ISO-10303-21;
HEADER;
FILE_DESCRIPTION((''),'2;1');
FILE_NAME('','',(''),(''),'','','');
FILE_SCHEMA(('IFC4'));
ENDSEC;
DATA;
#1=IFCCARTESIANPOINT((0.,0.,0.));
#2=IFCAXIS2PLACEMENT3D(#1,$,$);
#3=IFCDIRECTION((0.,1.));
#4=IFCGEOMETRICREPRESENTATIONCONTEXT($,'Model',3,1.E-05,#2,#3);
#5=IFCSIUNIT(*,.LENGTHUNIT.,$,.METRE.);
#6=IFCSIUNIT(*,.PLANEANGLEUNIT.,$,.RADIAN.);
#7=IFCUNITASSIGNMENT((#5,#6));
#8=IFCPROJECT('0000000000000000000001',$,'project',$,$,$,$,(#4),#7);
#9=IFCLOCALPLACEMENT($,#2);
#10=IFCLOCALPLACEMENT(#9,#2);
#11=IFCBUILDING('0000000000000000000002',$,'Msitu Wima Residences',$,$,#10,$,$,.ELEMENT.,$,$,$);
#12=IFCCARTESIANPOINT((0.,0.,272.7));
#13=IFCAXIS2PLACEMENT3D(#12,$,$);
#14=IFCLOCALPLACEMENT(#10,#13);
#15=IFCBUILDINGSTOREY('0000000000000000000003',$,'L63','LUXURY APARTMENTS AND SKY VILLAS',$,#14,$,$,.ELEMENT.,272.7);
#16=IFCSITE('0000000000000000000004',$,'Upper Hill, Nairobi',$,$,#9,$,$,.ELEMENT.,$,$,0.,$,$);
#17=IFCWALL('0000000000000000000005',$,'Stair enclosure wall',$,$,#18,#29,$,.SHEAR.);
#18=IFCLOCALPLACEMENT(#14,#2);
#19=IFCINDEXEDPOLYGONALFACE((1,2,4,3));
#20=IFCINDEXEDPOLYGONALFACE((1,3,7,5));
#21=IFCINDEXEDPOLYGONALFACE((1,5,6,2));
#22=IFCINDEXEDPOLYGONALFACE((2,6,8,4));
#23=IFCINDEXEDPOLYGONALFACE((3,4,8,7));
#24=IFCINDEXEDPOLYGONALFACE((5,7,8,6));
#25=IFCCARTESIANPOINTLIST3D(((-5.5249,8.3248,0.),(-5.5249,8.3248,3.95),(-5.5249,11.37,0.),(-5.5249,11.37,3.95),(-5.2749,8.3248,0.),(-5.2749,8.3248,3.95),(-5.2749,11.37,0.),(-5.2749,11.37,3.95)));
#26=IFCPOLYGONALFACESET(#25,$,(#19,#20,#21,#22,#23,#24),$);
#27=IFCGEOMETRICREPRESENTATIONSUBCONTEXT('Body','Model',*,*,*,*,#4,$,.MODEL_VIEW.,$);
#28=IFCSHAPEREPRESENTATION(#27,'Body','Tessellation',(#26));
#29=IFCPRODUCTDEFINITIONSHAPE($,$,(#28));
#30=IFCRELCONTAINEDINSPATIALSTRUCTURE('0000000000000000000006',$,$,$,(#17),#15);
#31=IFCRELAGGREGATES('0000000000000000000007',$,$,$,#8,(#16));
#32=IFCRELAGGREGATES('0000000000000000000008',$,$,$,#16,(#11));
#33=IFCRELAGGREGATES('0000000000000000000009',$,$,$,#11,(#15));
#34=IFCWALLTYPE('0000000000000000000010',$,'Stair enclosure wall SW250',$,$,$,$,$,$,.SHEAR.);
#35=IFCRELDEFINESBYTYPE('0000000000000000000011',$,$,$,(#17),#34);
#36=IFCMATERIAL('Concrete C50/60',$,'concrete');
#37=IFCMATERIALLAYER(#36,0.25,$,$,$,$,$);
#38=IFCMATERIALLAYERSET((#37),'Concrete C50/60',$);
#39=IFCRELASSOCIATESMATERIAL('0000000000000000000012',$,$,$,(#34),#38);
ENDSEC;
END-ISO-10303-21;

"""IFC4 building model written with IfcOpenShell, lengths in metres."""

from ifc_helpers import new_model, si_unit, direction, frame, frame_2d, origin, place, context, subcontext, project, spatial, rectangle, extrude, material, layer, layer_set, type_object, element, save


model = new_model("IFC4")

# Units and contexts
model_context = context("Model", 3, precision=1e-05, world=origin(), true_north=direction((0.0, 1.0)))
body_context = subcontext(model_context, "Body", "Model", "MODEL_VIEW")
ifc_project = project(units=[si_unit("LENGTHUNIT", "METRE"), si_unit("PLANEANGLEUNIT", "RADIAN")], contexts=[model_context])

# Site, building, storey
site_placement = place(None, origin())
site = spatial("IfcSite", under=ifc_project, at=site_placement, Name="Upper Hill, Nairobi", CompositionType="ELEMENT", RefElevation=0.0)
building_placement = place(site_placement, origin())
building = spatial("IfcBuilding", under=site, at=building_placement, Name="Msitu Wima Residences", CompositionType="ELEMENT")
storey_placement = place(building_placement, frame((0.0, 0.0, 272.7)))
storey = spatial("IfcBuildingStorey", under=building, at=storey_placement, Name="L63", Description="LUXURY APARTMENTS AND SKY VILLAS", CompositionType="ELEMENT", Elevation=272.7)

# Wall
ifc_material_1 = material(Name="Concrete C50/60", Category="concrete")
ifc_layer_1 = layer(ifc_material_1, 0.25)
ifc_layer_set_1 = layer_set([ifc_layer_1], Name="Concrete C50/60")
wall_type_1 = type_object("IfcWallType", Name="Stair enclosure wall SW250", PredefinedType="SHEAR", material=ifc_layer_set_1)
wall_1_placement = place(storey_placement, frame((-5.3999, 8.325, 0.0), z_axis=(0.0, 0.0, 1.0), x_axis=(0.0, 1.0, 0.0)))
element("IfcWall", 1, at=wall_1_placement, inside=storey, type_object=wall_type_1, Name="Stair enclosure wall", PredefinedType="SHEAR", context=body_context, shape_type="SweptSolid", body=[
    extrude(rectangle(XDim=3.0452, YDim=0.25, at=frame_2d((1.5225, 0.0))), origin(), (0.0, 0.0, 1.0), 3.95),
])

save(model, "model.ifc")
